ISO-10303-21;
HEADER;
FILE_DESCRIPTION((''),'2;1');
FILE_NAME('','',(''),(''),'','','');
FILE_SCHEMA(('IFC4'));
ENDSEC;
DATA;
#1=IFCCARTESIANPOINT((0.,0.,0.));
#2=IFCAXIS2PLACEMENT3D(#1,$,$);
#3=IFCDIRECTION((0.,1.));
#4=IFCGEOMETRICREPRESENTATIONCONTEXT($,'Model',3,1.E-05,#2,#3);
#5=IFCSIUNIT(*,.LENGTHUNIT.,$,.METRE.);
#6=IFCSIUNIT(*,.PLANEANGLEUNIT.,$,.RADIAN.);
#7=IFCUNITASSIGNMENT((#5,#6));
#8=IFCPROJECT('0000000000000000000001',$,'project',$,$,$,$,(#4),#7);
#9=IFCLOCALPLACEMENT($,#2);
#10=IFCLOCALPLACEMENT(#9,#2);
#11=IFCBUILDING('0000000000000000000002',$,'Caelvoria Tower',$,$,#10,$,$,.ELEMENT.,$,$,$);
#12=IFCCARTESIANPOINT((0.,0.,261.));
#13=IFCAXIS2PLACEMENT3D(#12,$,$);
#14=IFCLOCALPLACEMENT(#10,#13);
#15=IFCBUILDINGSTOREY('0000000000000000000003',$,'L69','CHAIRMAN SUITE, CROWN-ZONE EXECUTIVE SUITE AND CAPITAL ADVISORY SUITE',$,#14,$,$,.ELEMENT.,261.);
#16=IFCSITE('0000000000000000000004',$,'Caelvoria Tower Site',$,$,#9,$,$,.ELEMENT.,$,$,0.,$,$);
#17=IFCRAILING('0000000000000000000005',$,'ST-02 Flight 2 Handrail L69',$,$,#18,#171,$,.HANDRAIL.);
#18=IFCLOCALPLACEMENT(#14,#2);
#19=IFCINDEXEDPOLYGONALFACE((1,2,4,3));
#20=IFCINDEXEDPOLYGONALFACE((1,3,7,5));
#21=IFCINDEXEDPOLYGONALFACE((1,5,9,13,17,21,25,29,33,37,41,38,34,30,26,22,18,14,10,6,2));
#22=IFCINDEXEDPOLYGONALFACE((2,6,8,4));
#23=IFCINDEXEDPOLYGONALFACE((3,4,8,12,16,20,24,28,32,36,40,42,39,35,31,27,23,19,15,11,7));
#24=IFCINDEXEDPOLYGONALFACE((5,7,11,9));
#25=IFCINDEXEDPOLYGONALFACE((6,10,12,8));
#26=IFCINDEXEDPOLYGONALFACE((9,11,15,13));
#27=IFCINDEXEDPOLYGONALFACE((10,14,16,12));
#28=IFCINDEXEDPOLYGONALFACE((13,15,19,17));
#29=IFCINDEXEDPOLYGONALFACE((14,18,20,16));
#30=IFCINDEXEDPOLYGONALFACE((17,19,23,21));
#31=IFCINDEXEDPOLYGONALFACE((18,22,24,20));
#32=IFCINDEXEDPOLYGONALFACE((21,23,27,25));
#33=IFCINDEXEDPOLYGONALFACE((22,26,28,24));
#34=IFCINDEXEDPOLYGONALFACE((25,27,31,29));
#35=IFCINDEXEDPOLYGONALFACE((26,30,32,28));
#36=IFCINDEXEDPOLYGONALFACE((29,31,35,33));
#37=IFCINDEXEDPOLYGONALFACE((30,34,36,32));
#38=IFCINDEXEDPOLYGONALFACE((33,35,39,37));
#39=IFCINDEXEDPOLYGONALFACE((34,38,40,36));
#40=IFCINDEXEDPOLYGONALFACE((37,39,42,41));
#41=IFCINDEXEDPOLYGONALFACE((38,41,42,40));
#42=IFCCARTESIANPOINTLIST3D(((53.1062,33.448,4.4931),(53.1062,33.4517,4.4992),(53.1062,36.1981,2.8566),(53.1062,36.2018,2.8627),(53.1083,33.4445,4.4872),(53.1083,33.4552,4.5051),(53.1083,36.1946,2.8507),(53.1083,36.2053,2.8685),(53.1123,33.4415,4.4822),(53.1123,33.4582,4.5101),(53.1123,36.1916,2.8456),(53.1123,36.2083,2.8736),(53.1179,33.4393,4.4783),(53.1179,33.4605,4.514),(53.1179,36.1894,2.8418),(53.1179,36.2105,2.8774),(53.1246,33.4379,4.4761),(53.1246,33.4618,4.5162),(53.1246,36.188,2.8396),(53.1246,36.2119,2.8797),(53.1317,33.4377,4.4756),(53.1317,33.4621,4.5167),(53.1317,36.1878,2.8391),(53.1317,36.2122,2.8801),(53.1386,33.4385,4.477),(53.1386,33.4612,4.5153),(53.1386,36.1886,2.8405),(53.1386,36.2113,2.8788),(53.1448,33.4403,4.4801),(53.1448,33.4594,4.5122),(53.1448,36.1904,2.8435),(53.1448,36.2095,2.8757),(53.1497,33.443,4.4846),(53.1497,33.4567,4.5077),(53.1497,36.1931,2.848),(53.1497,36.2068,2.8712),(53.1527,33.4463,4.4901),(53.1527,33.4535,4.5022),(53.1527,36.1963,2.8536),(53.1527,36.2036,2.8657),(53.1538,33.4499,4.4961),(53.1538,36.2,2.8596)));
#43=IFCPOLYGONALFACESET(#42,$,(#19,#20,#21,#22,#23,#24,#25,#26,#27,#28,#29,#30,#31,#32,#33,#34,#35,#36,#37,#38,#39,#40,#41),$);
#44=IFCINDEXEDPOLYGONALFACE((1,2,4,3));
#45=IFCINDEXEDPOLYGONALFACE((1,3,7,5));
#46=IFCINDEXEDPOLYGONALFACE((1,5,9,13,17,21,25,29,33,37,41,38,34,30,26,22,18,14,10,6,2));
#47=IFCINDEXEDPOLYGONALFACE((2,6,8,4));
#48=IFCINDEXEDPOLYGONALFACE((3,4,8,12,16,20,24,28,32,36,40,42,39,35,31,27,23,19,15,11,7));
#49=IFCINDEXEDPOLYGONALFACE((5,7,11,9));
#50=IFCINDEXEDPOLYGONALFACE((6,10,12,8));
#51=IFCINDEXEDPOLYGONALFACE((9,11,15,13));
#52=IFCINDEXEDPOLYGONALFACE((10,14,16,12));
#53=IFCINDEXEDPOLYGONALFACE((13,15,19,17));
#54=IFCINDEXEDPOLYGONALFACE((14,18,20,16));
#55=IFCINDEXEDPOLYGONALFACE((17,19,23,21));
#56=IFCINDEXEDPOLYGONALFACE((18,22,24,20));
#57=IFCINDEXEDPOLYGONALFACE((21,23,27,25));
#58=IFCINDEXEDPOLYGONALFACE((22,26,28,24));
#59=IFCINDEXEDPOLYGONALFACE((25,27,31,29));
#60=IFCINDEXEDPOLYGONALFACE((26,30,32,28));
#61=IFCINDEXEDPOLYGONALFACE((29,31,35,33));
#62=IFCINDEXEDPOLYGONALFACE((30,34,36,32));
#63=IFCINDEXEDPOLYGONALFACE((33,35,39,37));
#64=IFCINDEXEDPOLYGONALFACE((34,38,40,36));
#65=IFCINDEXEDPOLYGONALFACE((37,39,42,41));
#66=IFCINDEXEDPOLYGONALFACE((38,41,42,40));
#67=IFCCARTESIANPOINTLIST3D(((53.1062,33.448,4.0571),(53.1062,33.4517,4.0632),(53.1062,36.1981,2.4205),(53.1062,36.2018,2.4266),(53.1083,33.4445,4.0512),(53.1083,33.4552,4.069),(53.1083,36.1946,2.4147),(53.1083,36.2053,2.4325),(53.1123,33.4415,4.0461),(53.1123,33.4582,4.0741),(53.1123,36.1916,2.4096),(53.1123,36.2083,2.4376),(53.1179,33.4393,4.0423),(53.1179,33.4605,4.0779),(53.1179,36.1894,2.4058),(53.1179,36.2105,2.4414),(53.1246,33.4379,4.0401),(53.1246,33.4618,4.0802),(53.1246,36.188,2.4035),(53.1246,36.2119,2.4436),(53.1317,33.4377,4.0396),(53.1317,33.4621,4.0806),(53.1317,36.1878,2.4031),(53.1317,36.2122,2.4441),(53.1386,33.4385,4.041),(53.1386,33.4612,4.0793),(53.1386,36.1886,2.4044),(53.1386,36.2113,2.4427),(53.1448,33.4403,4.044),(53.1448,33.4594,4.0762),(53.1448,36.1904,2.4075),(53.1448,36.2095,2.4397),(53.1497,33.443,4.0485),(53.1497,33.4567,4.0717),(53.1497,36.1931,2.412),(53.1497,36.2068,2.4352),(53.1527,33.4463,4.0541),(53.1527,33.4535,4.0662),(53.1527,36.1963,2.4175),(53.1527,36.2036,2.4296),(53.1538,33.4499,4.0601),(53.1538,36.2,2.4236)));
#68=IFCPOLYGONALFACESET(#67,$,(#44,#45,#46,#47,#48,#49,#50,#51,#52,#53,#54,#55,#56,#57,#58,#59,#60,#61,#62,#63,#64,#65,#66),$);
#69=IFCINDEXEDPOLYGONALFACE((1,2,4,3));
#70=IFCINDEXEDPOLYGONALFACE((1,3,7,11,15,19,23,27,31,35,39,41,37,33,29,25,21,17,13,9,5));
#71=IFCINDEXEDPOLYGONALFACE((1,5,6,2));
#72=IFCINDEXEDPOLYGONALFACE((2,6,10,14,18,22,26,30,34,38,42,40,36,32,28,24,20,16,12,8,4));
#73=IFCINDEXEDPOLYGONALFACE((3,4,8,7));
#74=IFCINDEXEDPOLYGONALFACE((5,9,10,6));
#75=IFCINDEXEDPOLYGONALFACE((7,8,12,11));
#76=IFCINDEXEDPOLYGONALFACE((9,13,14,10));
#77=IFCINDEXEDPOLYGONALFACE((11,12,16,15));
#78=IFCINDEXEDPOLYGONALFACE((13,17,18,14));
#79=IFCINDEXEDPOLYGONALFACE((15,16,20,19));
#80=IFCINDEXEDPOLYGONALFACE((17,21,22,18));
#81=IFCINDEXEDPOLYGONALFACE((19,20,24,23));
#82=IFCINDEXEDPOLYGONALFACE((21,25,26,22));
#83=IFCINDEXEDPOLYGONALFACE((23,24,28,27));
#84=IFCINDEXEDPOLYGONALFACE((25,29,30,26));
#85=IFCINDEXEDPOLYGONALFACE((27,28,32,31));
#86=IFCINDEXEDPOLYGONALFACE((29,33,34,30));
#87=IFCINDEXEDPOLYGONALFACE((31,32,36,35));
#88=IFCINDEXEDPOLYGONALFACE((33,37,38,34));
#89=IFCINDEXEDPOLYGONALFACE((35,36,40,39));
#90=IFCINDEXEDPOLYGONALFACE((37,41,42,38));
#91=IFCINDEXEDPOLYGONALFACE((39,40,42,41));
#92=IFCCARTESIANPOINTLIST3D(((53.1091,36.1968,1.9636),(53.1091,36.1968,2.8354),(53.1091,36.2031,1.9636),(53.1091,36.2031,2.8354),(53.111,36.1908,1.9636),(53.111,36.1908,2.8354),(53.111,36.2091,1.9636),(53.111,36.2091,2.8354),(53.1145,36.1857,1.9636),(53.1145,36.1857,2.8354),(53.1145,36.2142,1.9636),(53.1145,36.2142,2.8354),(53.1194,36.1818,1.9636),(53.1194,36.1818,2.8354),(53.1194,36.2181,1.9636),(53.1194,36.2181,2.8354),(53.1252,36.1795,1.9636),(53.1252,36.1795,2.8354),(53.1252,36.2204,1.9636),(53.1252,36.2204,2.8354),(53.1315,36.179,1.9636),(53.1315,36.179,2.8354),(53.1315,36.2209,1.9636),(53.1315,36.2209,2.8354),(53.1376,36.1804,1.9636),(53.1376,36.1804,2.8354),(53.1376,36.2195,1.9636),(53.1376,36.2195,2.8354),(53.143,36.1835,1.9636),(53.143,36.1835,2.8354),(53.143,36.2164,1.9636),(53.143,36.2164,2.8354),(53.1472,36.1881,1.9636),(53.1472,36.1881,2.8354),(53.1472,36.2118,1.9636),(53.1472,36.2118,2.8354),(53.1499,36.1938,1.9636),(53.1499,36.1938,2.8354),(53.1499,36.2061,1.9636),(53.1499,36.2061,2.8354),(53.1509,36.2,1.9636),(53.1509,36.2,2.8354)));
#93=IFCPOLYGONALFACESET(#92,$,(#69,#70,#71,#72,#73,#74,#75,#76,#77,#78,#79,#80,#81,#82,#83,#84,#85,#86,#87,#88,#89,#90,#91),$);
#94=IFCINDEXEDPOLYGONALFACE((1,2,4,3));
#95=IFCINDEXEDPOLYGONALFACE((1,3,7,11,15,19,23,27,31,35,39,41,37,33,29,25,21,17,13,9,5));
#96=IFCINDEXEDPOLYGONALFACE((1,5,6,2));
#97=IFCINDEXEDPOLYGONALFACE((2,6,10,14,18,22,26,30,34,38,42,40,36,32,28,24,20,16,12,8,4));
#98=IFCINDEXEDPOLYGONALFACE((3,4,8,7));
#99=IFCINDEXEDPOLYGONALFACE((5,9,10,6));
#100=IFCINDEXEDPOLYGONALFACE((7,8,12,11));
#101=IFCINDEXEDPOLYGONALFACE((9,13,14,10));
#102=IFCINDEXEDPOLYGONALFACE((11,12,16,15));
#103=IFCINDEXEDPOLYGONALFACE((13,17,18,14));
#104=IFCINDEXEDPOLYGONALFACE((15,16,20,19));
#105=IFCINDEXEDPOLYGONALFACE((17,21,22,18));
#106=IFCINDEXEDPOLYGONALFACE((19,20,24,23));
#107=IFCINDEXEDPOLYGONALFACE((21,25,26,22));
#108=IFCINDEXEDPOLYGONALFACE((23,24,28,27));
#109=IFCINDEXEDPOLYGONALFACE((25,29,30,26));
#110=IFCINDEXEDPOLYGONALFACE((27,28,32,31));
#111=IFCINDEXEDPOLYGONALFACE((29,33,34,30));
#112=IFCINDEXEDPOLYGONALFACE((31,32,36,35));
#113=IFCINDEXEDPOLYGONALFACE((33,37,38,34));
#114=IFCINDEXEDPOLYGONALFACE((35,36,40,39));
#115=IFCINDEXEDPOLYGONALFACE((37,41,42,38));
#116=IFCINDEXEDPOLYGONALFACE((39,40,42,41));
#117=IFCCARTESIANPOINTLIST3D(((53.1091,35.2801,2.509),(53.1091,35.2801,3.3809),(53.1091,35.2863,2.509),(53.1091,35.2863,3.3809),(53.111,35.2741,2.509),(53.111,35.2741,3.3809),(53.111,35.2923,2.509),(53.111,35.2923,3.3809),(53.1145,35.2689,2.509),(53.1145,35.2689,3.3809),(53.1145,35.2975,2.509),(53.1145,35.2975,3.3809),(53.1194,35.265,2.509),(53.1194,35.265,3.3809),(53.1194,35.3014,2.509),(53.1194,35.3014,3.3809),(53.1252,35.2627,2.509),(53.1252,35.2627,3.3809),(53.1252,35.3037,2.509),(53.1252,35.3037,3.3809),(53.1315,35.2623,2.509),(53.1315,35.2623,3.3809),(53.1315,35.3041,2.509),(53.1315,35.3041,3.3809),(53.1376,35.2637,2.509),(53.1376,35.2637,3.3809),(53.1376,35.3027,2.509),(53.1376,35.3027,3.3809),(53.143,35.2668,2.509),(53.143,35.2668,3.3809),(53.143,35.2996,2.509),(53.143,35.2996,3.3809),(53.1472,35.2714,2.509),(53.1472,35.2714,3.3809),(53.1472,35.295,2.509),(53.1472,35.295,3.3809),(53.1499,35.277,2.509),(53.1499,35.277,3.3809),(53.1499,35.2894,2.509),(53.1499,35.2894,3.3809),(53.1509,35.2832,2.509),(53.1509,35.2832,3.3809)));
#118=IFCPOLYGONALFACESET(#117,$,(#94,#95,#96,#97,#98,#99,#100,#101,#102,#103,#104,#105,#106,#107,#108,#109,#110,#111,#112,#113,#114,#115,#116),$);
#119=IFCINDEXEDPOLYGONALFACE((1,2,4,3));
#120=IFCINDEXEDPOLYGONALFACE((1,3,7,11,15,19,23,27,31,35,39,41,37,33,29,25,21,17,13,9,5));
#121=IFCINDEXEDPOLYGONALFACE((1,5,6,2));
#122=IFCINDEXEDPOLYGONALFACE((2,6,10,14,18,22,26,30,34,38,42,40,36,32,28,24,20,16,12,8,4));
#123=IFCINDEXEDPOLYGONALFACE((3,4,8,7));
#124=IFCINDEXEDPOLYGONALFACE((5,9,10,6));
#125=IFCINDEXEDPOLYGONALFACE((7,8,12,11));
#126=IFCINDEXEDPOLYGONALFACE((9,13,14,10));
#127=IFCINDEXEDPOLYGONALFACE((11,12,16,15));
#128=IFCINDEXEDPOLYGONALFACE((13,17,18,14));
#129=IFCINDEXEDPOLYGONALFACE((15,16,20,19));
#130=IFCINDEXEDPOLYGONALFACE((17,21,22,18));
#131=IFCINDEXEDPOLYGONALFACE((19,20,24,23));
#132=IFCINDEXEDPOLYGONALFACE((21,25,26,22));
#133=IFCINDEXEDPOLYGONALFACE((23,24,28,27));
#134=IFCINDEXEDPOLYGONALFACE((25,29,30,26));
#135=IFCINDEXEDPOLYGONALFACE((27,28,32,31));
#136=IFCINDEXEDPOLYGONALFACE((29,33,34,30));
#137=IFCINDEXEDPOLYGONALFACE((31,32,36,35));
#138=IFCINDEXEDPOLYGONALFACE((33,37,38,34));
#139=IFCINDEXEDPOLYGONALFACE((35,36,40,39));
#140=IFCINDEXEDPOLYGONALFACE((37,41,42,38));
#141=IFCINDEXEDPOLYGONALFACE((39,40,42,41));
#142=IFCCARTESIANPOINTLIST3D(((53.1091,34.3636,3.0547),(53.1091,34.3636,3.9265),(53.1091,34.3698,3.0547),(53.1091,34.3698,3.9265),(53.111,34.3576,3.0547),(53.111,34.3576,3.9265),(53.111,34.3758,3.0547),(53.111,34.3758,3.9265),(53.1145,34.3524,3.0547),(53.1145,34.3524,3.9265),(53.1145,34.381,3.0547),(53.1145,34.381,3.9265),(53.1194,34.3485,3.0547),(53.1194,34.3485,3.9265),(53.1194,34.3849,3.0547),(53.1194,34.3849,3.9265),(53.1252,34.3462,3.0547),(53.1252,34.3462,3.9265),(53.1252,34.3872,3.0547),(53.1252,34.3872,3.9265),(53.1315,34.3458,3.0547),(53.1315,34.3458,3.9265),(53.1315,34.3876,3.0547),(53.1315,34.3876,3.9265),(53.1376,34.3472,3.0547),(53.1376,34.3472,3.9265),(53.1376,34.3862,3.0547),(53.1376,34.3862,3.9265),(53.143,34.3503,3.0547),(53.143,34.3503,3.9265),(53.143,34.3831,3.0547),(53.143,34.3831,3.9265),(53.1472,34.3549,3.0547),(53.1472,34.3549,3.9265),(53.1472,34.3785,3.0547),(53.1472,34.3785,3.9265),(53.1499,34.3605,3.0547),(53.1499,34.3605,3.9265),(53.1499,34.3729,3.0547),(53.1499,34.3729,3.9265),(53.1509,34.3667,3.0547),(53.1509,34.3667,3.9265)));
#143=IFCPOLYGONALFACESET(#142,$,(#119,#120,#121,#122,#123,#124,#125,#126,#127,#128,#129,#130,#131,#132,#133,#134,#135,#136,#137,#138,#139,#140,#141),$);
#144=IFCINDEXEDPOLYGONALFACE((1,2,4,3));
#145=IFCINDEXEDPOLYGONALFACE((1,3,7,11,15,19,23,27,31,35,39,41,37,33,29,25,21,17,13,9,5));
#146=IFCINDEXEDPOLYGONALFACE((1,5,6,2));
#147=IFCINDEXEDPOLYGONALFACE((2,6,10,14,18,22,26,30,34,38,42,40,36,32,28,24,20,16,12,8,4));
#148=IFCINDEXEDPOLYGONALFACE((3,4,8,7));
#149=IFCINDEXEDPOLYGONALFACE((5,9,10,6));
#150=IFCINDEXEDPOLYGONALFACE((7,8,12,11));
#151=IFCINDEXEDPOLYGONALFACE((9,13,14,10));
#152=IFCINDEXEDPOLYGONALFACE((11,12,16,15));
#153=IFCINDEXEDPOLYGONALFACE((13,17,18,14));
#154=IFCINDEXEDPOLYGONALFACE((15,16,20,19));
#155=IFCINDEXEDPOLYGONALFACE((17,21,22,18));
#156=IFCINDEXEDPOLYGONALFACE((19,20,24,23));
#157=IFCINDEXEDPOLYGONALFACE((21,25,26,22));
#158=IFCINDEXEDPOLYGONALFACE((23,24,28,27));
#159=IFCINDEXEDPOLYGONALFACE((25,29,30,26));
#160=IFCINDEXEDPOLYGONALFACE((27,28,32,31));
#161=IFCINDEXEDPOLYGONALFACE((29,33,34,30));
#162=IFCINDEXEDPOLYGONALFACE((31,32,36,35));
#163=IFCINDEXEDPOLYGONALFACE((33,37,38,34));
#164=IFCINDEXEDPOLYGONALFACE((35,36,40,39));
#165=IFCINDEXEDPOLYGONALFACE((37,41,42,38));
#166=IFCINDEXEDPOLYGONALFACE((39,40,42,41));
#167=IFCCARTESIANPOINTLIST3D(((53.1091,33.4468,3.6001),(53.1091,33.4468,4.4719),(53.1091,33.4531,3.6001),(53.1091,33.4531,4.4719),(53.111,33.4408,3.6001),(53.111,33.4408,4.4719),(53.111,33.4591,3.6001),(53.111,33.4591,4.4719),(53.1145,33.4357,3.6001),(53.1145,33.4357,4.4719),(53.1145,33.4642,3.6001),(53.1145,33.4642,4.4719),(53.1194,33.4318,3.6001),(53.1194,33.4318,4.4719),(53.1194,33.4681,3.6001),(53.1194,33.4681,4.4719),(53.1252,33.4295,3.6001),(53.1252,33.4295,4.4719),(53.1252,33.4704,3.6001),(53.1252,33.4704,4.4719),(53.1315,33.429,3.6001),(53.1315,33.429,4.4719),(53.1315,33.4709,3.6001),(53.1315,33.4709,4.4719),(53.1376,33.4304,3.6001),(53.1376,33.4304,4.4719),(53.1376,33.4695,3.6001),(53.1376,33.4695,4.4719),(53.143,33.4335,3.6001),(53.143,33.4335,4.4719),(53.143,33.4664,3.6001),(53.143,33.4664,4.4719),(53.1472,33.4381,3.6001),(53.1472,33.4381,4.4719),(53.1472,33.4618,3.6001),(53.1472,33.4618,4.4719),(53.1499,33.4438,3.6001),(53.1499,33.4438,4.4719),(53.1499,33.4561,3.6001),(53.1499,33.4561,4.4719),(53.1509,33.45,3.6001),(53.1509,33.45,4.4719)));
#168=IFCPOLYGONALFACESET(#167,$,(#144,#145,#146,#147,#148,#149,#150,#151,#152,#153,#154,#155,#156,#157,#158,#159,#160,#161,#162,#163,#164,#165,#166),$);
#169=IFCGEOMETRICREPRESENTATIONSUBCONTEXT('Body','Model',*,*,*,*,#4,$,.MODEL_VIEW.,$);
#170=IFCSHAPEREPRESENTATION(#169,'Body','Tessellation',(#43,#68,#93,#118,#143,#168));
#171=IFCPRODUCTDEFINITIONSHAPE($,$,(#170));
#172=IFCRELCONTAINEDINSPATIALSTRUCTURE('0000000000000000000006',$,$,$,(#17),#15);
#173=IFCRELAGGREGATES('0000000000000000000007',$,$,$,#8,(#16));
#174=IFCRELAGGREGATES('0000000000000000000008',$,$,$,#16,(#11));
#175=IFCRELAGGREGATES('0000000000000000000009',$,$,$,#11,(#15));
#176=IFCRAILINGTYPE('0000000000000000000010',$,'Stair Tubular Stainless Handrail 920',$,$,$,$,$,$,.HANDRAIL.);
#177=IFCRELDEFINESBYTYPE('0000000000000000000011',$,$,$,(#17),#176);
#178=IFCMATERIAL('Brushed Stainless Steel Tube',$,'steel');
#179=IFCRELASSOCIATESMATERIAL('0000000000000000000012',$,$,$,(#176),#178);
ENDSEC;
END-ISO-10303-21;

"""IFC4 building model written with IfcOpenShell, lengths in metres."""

from ifc_helpers import new_model, si_unit, direction, frame, origin, origin_2d, place, context, subcontext, project, spatial, circle, extrude, material, type_object, element, save


model = new_model("IFC4")

# Units and contexts
model_context = context("Model", 3, precision=1e-05, world=origin(), true_north=direction((0.0, 1.0)))
body_context = subcontext(model_context, "Body", "Model", "MODEL_VIEW")
ifc_project = project(units=[si_unit("LENGTHUNIT", "METRE"), si_unit("PLANEANGLEUNIT", "RADIAN")], contexts=[model_context])

# Site, building, storey
site_placement = place(None, origin())
site = spatial("IfcSite", under=ifc_project, at=site_placement, Name="Caelvoria Tower Site", CompositionType="ELEMENT", RefElevation=0.0)
building_placement = place(site_placement, origin())
building = spatial("IfcBuilding", under=site, at=building_placement, Name="Caelvoria Tower", CompositionType="ELEMENT")
storey_placement = place(building_placement, frame((0.0, 0.0, 261.0)))
storey = spatial("IfcBuildingStorey", under=building, at=storey_placement, Name="L69", Description="CHAIRMAN SUITE, CROWN-ZONE EXECUTIVE SUITE AND CAPITAL ADVISORY SUITE", CompositionType="ELEMENT", Elevation=261.0)

# Railing
ifc_material_1 = material(Name="Brushed Stainless Steel Tube", Category="steel")
railing_type_1 = type_object("IfcRailingType", Name="Stair Tubular Stainless Handrail 920", PredefinedType="HANDRAIL", material=ifc_material_1)
railing_1_placement = place(storey_placement, frame((53.1299, 36.2, 1.9636)))
element("IfcRailing", 1, at=railing_1_placement, inside=storey, type_object=railing_type_1, Name="ST-02 Flight 2 Handrail L69", PredefinedType="HANDRAIL", context=body_context, shape_type="SweptSolid", body=[
    extrude(circle(Radius=0.0239, at=origin_2d()), frame((0.0, 0.0, 0.896), z_axis=(0.0, -0.859352, 0.511385), x_axis=(1.0, 0.0, 0.0)), (0.0, 0.0, 1.0), 3.2002),
    extrude(circle(Radius=0.0239, at=origin_2d()), frame((0.0, 0.0, 0.46), z_axis=(0.0, -0.859352, 0.511385), x_axis=(1.0, 0.0, 0.0)), (0.0, 0.0, 1.0), 3.2002),
    extrude(circle(Radius=0.021, at=origin_2d()), origin(), (0.0, 0.0, 1.0), 0.8718),
    extrude(circle(Radius=0.021, at=origin_2d()), frame((0.0, -0.9167, 0.5454)), (0.0, 0.0, 1.0), 0.8718),
    extrude(circle(Radius=0.021, at=origin_2d()), frame((0.0, -1.8333, 1.0911)), (0.0, 0.0, 1.0), 0.8718),
    extrude(circle(Radius=0.021, at=origin_2d()), frame((0.0, -2.75, 1.6365)), (0.0, 0.0, 1.0), 0.8718),
])

save(model, "model.ifc")
